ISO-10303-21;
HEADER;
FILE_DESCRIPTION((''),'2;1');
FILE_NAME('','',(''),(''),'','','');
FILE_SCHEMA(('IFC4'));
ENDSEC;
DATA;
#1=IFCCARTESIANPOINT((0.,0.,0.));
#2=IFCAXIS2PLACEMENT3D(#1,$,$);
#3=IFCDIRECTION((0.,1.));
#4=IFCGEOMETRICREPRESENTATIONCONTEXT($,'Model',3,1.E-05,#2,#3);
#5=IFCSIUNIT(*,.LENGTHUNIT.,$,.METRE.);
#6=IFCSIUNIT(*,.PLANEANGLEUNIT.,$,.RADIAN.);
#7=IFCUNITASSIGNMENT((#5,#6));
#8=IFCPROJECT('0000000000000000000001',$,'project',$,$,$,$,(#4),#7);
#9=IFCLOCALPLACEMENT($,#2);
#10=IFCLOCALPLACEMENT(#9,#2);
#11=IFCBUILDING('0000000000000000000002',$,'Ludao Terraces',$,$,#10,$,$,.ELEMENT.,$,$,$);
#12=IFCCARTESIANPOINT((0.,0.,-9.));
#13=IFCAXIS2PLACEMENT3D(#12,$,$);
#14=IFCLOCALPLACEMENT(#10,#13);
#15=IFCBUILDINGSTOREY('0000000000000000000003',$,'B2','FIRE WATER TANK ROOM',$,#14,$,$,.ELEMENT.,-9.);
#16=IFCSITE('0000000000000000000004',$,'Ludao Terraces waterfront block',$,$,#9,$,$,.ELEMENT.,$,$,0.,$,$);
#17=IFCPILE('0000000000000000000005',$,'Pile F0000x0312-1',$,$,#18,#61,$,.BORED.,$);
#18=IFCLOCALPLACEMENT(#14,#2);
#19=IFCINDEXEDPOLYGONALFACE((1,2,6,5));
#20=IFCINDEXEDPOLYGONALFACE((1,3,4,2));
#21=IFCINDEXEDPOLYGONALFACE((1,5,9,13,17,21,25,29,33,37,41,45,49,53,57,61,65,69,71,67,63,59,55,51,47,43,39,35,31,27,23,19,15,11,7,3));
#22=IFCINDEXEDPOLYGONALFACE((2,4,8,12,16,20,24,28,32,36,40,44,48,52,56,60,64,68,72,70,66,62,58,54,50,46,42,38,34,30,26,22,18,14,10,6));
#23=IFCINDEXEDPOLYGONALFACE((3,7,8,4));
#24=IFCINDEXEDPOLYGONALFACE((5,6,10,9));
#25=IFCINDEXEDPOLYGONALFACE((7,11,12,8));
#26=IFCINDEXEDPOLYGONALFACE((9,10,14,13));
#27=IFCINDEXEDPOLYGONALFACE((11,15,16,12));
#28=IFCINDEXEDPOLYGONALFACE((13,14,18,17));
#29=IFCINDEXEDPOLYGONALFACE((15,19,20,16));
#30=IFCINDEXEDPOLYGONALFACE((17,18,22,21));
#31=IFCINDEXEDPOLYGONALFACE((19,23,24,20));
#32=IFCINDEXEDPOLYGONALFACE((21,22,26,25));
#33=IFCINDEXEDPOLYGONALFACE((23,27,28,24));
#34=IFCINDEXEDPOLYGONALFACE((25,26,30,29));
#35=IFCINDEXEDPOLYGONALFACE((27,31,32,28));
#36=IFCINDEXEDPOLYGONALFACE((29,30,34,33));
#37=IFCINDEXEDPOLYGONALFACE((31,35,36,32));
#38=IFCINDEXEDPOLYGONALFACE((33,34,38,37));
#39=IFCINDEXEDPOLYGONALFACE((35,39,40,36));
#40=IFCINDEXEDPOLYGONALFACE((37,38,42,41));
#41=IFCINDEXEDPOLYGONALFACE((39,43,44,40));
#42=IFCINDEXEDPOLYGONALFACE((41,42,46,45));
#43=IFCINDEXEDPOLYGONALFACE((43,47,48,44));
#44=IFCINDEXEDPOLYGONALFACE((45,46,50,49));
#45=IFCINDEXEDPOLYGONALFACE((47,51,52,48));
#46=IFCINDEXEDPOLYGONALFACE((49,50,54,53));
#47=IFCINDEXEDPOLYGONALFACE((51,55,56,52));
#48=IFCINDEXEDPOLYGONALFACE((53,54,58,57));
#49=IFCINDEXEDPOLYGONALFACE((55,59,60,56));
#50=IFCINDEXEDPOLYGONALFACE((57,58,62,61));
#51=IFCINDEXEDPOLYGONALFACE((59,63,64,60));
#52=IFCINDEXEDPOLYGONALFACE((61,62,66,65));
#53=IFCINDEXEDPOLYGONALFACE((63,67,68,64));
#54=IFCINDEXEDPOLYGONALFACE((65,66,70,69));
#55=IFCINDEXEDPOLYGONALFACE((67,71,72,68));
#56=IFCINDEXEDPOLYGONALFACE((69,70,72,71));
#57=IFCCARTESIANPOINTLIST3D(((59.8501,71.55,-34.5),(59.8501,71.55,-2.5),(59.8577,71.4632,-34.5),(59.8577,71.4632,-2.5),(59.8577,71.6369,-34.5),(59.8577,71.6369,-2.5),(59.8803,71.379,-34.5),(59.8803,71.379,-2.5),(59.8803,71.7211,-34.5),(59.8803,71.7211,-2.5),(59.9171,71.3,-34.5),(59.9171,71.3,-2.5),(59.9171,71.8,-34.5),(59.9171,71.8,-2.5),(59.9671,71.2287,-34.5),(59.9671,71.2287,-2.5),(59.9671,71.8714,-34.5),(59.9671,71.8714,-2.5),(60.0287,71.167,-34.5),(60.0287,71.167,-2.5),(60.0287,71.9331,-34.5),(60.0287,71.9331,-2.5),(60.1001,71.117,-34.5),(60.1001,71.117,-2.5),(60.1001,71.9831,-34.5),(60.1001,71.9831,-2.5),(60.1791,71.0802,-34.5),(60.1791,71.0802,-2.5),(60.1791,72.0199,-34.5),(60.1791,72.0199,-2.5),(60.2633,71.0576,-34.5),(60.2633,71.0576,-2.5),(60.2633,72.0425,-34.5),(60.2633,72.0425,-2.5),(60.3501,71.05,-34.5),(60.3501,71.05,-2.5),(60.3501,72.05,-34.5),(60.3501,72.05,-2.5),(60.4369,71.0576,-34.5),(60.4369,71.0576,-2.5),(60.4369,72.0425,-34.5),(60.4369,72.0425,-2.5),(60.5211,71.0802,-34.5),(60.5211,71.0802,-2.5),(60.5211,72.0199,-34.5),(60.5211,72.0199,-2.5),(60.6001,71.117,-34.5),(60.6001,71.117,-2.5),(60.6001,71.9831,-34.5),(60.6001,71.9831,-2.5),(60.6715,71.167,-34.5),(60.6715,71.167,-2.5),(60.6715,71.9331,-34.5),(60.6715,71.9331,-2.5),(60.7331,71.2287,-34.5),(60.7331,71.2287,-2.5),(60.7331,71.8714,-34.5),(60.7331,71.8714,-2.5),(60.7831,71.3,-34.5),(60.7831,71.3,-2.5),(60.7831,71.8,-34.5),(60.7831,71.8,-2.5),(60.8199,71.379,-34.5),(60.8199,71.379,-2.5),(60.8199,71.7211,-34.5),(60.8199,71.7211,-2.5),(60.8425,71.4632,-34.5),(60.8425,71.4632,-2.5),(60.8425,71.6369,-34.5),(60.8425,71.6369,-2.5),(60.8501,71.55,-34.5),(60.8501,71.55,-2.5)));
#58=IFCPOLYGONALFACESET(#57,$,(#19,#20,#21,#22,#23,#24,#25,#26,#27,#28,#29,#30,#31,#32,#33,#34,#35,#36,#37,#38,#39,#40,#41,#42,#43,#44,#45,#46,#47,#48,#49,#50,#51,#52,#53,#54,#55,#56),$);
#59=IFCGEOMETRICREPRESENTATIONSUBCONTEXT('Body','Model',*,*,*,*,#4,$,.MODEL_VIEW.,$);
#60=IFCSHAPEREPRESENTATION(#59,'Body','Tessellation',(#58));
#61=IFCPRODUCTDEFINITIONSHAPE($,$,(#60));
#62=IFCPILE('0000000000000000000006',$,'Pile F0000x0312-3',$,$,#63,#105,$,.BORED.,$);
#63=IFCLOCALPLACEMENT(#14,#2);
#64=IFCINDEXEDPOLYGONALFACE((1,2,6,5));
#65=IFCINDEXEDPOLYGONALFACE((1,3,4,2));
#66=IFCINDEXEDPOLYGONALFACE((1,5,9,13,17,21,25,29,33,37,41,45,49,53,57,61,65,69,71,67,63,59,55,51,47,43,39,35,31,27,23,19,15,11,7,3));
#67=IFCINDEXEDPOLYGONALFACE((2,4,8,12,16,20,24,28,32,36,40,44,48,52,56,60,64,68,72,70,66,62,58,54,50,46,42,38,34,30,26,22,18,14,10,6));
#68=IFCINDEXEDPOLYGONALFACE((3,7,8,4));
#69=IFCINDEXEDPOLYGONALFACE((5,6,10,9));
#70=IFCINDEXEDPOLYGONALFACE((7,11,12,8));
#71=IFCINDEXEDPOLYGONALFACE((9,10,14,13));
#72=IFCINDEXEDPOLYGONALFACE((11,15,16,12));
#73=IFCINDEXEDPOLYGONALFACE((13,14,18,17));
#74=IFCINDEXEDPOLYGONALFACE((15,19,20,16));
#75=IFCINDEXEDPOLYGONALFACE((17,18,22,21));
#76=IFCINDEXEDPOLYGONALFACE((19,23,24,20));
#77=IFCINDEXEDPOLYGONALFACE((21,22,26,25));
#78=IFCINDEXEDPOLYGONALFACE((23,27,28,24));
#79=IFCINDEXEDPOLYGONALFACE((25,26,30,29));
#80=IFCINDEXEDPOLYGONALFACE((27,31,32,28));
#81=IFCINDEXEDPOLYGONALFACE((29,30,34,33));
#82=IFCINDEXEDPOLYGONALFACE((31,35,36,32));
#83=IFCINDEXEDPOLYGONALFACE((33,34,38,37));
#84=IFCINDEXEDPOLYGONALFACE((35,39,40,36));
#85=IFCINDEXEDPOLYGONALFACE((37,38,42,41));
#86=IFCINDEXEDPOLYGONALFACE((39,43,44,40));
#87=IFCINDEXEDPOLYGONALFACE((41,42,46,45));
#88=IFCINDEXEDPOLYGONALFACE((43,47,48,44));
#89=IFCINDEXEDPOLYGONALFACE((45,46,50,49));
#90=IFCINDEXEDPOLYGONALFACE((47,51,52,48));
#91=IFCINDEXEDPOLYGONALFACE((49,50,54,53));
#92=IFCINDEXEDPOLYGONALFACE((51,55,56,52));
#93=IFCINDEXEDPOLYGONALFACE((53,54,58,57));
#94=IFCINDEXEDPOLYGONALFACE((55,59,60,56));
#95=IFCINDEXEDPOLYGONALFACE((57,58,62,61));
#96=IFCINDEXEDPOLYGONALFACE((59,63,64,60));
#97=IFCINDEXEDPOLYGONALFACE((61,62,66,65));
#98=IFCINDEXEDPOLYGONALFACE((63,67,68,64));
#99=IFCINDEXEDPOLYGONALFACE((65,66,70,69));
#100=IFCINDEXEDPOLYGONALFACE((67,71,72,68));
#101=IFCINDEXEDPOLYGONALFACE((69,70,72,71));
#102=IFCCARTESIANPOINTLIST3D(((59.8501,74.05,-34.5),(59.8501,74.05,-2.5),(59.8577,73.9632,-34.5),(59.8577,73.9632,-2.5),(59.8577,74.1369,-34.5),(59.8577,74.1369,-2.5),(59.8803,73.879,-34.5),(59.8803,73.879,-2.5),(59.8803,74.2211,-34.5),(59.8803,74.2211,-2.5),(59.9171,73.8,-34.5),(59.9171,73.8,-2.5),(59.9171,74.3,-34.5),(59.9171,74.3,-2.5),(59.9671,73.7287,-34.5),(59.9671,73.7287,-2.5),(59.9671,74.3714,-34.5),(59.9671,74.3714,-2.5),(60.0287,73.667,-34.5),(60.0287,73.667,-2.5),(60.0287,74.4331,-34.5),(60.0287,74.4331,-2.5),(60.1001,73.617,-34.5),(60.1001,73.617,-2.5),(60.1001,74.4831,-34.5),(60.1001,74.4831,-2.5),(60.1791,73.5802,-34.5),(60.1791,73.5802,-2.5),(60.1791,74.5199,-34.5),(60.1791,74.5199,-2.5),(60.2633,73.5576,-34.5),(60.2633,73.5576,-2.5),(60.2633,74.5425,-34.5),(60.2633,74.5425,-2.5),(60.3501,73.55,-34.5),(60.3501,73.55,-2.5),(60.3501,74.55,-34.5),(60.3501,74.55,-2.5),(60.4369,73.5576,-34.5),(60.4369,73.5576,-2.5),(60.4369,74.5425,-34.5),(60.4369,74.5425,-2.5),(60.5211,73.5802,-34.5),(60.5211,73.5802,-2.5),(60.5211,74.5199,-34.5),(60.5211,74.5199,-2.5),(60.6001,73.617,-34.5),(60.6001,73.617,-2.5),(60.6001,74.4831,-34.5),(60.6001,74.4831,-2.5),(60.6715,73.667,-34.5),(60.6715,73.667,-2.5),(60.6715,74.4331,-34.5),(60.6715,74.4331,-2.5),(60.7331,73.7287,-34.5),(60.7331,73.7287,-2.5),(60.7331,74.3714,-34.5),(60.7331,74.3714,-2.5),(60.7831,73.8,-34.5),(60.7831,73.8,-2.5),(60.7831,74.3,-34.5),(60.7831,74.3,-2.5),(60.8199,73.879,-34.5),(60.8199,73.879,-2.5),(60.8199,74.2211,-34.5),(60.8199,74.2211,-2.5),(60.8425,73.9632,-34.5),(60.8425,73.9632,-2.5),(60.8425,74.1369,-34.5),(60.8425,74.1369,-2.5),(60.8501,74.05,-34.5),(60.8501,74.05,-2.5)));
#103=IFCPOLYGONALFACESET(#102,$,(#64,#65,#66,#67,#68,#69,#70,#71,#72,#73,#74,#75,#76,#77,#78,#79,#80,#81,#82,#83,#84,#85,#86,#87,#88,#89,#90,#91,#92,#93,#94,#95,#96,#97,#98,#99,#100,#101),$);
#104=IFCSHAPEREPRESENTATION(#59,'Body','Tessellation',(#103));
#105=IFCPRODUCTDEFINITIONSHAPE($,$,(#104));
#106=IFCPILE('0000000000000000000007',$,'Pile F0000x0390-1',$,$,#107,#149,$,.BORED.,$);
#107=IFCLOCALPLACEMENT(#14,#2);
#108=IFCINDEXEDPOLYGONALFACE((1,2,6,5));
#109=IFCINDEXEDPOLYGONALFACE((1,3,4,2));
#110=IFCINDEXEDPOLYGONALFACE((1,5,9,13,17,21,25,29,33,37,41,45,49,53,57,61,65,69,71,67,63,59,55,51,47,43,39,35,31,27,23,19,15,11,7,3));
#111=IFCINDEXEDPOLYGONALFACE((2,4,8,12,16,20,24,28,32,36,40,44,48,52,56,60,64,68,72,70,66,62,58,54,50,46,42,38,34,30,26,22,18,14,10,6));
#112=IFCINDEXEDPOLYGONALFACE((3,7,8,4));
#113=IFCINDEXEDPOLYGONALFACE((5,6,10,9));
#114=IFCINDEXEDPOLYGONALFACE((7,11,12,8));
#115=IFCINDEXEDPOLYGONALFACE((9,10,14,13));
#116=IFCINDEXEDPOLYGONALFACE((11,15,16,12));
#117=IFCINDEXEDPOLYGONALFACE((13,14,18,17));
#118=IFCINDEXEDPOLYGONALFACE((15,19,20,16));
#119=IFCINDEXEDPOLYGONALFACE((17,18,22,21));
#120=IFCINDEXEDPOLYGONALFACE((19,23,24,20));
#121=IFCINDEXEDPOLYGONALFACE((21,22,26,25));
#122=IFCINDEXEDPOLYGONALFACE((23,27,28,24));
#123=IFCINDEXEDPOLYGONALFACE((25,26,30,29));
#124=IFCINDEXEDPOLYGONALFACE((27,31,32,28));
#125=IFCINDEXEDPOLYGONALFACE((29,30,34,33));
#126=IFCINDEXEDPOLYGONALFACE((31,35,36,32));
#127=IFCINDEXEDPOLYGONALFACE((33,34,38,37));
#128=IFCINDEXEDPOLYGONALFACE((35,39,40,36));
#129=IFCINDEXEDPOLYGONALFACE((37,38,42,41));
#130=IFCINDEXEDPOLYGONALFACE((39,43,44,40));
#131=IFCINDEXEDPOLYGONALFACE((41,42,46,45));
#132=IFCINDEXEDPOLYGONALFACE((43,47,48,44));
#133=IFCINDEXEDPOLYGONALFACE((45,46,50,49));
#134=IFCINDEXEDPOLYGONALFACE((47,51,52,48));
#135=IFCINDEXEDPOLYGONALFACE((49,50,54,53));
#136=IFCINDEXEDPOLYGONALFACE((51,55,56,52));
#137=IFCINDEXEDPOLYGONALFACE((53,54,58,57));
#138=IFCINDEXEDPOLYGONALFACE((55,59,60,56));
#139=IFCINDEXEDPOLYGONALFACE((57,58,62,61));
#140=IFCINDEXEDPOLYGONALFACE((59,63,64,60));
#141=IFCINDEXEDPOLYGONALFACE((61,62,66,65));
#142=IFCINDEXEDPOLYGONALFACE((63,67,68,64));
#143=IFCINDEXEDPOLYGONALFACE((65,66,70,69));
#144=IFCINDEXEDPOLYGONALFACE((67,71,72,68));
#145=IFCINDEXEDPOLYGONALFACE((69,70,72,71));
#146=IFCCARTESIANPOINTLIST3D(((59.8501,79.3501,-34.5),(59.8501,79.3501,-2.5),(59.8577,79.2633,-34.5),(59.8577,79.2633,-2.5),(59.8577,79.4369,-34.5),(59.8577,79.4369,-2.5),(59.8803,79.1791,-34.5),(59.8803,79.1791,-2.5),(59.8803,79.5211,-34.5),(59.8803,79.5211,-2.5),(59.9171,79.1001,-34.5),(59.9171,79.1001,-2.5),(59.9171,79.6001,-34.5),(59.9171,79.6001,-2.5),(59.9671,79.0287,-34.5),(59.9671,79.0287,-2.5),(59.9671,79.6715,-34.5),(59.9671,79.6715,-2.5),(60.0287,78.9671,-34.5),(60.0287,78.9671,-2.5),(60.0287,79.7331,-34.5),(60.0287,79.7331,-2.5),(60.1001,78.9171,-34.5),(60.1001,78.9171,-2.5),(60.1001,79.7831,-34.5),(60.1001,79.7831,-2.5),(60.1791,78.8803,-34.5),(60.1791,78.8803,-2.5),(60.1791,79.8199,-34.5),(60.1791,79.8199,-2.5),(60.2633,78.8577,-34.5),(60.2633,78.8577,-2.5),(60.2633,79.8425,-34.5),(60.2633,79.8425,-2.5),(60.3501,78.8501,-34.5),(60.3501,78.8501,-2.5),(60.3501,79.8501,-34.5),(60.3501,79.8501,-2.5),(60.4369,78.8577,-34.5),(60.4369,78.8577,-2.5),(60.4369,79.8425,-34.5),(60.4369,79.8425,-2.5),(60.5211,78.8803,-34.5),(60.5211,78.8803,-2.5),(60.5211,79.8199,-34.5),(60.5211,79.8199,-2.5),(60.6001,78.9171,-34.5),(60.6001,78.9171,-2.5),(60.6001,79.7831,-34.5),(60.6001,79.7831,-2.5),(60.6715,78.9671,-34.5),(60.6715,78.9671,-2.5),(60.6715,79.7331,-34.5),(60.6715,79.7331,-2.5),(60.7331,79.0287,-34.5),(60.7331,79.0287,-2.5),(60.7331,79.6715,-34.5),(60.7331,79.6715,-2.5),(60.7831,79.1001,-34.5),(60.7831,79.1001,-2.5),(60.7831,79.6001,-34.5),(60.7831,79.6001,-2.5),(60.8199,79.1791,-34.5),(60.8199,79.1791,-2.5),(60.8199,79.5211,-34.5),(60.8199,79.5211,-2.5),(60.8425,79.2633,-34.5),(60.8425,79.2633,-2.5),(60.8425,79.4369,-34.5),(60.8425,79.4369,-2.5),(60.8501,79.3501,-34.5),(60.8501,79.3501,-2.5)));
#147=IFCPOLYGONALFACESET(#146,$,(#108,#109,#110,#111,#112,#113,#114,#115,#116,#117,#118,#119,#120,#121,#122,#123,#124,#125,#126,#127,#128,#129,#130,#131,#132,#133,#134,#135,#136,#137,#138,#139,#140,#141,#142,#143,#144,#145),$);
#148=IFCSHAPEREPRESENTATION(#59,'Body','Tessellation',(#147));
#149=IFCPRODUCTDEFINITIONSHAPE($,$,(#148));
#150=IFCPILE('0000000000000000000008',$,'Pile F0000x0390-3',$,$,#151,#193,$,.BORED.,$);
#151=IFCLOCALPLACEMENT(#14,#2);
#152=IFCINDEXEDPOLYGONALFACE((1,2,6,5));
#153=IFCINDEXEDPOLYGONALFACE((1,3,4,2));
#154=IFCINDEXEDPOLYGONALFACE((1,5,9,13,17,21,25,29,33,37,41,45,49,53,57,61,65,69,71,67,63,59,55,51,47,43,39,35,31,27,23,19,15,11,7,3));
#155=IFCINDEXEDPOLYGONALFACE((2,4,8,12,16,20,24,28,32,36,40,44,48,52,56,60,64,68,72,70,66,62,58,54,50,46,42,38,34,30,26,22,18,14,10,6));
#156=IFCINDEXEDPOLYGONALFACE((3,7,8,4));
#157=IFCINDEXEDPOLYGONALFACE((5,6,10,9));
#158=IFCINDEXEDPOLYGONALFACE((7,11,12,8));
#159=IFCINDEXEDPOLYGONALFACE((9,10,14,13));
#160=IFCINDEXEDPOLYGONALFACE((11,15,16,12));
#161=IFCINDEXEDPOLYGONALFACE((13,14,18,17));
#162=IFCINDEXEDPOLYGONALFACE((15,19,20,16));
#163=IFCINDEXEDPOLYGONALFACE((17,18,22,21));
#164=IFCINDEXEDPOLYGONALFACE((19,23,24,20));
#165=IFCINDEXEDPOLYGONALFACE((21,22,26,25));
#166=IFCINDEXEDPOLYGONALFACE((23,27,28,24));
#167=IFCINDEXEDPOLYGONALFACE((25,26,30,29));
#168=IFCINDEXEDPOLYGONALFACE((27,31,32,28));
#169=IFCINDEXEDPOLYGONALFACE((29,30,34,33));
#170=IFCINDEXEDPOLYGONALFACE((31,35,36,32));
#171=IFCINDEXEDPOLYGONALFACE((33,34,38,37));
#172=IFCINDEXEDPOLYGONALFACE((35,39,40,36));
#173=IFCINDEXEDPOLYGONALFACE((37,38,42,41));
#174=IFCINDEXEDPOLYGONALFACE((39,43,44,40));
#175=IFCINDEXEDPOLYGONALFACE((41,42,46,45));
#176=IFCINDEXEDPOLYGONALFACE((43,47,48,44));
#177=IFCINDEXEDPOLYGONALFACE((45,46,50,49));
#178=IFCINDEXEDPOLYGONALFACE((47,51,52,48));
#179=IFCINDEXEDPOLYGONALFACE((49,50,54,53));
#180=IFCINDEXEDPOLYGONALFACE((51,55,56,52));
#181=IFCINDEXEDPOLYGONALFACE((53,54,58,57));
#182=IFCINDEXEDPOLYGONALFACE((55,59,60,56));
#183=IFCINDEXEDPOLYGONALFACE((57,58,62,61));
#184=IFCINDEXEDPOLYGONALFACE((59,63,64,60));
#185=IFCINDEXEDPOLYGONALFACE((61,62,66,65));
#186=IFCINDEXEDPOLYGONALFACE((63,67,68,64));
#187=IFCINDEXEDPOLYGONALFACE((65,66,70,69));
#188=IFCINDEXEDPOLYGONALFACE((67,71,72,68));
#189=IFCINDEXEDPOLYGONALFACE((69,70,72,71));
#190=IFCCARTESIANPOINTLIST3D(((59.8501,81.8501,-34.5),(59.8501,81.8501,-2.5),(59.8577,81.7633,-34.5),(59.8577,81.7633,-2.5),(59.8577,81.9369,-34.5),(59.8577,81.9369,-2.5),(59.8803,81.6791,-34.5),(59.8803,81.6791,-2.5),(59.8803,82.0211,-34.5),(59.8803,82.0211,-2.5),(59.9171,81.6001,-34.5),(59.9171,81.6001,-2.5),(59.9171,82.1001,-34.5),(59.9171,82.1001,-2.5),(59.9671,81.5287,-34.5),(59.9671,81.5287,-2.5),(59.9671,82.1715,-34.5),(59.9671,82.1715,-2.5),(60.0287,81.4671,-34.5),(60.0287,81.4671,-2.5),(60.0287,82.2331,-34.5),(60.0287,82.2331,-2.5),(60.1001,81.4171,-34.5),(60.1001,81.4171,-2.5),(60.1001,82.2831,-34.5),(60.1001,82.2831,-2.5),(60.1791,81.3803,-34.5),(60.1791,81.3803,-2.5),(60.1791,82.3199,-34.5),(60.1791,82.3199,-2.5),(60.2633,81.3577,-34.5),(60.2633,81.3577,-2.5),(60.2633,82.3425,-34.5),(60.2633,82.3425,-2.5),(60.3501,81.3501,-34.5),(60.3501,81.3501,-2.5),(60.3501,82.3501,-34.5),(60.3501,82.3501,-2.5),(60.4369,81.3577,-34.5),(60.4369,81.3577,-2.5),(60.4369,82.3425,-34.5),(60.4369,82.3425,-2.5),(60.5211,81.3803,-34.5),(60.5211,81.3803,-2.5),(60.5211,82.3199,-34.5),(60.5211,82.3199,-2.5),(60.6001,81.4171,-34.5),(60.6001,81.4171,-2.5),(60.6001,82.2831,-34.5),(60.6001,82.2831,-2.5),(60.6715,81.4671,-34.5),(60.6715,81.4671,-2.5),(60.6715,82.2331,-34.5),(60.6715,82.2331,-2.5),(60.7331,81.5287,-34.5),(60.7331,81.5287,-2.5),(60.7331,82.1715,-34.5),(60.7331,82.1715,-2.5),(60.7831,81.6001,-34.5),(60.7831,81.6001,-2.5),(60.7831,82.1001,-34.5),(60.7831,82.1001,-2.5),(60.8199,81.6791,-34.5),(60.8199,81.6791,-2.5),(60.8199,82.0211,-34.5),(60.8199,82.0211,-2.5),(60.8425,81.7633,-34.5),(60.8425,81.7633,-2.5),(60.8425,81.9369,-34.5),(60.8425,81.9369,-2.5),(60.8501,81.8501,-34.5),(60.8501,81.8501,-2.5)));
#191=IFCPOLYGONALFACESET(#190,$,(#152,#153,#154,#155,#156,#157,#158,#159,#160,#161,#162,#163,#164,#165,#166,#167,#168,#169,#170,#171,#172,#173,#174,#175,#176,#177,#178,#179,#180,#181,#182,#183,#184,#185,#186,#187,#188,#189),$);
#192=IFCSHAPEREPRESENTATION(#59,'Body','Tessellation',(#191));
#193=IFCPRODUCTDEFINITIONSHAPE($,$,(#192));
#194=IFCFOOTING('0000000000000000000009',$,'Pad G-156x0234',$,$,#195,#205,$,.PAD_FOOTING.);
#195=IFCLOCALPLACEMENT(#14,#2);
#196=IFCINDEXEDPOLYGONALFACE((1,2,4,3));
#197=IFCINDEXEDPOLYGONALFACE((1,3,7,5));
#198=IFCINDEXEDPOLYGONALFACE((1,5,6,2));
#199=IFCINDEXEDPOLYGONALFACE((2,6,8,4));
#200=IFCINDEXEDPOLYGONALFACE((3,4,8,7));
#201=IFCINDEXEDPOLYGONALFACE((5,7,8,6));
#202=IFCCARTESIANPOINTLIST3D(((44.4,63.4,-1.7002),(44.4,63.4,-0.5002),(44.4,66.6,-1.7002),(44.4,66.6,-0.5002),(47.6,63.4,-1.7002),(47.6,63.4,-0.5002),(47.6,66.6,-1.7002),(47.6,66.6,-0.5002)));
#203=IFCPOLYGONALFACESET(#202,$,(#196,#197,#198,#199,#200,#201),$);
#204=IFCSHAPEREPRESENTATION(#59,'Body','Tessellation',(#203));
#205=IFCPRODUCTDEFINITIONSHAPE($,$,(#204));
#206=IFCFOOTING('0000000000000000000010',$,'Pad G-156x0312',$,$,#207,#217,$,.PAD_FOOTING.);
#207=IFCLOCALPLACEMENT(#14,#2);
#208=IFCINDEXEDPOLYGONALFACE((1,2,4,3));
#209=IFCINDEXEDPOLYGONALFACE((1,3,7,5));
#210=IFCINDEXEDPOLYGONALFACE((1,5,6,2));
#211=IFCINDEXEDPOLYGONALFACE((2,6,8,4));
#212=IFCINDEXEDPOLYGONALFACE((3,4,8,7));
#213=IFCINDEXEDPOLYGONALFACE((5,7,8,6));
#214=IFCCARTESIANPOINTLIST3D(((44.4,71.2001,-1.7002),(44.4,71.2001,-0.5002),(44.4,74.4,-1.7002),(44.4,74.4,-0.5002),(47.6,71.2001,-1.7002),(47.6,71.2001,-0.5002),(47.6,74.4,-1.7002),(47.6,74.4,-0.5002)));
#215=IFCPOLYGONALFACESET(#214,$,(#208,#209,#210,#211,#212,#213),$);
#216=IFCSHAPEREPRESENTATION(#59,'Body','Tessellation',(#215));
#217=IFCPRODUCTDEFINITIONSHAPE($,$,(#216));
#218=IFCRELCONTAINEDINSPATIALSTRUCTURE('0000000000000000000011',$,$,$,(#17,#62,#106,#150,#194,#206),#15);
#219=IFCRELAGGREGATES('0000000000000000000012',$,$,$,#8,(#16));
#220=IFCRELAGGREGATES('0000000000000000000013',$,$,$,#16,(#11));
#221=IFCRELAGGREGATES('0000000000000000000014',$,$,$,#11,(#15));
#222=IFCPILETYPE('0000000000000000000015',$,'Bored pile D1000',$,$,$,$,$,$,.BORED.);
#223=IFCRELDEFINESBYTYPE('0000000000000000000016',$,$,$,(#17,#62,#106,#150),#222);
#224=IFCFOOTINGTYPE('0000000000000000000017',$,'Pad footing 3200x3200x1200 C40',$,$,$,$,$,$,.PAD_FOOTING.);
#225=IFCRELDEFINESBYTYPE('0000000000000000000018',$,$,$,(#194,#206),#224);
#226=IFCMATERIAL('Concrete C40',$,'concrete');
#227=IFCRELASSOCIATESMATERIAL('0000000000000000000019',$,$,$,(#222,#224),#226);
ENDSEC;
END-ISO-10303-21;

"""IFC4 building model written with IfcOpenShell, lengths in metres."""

from ifc_helpers import new_model, si_unit, direction, frame, origin, origin_2d, place, context, subcontext, project, spatial, rectangle, circle, extrude, material, material_profile, profile_set, type_object, element, save


model = new_model("IFC4")

# Units and contexts
model_context = context("Model", 3, precision=1e-05, world=origin(), true_north=direction((0.0, 1.0)))
body_context = subcontext(model_context, "Body", "Model", "MODEL_VIEW")
ifc_project = project(units=[si_unit("LENGTHUNIT", "METRE"), si_unit("PLANEANGLEUNIT", "RADIAN")], contexts=[model_context])

# Site, building, storey
site_placement = place(None, origin())
site = spatial("IfcSite", under=ifc_project, at=site_placement, Name="Ludao Terraces waterfront block", CompositionType="ELEMENT", RefElevation=0.0)
building_placement = place(site_placement, origin())
building = spatial("IfcBuilding", under=site, at=building_placement, Name="Ludao Terraces", CompositionType="ELEMENT")
storey_placement = place(building_placement, frame((0.0, 0.0, -9.0)))
storey = spatial("IfcBuildingStorey", under=building, at=storey_placement, Name="B2", Description="FIRE WATER TANK ROOM", CompositionType="ELEMENT", Elevation=-9.0)

# Piles
ifc_material_1 = material(Name="Concrete C40", Category="concrete")
ifc_material_profile_1 = material_profile(ifc_material_1, circle(Radius=0.5, at=origin_2d()), Name="D1000 BORED PILE")
ifc_profile_set_1 = profile_set([ifc_material_profile_1], Name="Concrete C40")
pile_type = type_object("IfcPileType", Name="Bored pile D1000", PredefinedType="BORED", material=ifc_profile_set_1)
for number, where, z_axis, x_axis, name in (
    (1, (60.3501, 71.55, -2.5), (0.0, 0.0, -1.0), (1.0, 0.0, 0.0), "Pile F0000x0312-1"),
    (2, (60.3501, 74.05, -2.5), (0.0, 0.0, -1.0), (1.0, 0.0, 0.0), "Pile F0000x0312-3"),
    (3, (60.3501, 79.3501, -2.5), (0.0, 0.0, -1.0), (1.0, 0.0, 0.0), "Pile F0000x0390-1"),
    (4, (60.3501, 81.8501, -2.5), (0.0, 0.0, -1.0), (1.0, 0.0, 0.0), "Pile F0000x0390-3"),
):
    element("IfcPile", number, at=place(storey_placement, frame(where, z_axis=z_axis, x_axis=x_axis)), inside=storey, type_object=pile_type, Name=name, PredefinedType="BORED", context=body_context, shape_type="SweptSolid", body=[
        extrude(circle(Radius=0.5, at=origin_2d()), origin(), (0.0, 0.0, 1.0), 32.0),
    ])

# Footings
footing_type_1 = type_object("IfcFootingType", Name="Pad footing 3200x3200x1200 C40", PredefinedType="PAD_FOOTING", material=ifc_material_1)
for number, where, z_axis, x_axis, name in (
    (5, (46.0, 65.0, -1.7002), (0.0, 0.0, 1.0), (1.0, 0.0, 0.0), "Pad G-156x0234"),
    (6, (46.0, 72.8, -1.7002), (0.0, 0.0, 1.0), (1.0, 0.0, 0.0), "Pad G-156x0312"),
):
    element("IfcFooting", number, at=place(storey_placement, frame(where, z_axis=z_axis, x_axis=x_axis)), inside=storey, type_object=footing_type_1, Name=name, PredefinedType="PAD_FOOTING", context=body_context, shape_type="SweptSolid", body=[
        extrude(rectangle(XDim=3.2, YDim=3.2, at=origin_2d()), origin(), (0.0, 0.0, 1.0), 1.2),
    ])

save(model, "model.ifc")
